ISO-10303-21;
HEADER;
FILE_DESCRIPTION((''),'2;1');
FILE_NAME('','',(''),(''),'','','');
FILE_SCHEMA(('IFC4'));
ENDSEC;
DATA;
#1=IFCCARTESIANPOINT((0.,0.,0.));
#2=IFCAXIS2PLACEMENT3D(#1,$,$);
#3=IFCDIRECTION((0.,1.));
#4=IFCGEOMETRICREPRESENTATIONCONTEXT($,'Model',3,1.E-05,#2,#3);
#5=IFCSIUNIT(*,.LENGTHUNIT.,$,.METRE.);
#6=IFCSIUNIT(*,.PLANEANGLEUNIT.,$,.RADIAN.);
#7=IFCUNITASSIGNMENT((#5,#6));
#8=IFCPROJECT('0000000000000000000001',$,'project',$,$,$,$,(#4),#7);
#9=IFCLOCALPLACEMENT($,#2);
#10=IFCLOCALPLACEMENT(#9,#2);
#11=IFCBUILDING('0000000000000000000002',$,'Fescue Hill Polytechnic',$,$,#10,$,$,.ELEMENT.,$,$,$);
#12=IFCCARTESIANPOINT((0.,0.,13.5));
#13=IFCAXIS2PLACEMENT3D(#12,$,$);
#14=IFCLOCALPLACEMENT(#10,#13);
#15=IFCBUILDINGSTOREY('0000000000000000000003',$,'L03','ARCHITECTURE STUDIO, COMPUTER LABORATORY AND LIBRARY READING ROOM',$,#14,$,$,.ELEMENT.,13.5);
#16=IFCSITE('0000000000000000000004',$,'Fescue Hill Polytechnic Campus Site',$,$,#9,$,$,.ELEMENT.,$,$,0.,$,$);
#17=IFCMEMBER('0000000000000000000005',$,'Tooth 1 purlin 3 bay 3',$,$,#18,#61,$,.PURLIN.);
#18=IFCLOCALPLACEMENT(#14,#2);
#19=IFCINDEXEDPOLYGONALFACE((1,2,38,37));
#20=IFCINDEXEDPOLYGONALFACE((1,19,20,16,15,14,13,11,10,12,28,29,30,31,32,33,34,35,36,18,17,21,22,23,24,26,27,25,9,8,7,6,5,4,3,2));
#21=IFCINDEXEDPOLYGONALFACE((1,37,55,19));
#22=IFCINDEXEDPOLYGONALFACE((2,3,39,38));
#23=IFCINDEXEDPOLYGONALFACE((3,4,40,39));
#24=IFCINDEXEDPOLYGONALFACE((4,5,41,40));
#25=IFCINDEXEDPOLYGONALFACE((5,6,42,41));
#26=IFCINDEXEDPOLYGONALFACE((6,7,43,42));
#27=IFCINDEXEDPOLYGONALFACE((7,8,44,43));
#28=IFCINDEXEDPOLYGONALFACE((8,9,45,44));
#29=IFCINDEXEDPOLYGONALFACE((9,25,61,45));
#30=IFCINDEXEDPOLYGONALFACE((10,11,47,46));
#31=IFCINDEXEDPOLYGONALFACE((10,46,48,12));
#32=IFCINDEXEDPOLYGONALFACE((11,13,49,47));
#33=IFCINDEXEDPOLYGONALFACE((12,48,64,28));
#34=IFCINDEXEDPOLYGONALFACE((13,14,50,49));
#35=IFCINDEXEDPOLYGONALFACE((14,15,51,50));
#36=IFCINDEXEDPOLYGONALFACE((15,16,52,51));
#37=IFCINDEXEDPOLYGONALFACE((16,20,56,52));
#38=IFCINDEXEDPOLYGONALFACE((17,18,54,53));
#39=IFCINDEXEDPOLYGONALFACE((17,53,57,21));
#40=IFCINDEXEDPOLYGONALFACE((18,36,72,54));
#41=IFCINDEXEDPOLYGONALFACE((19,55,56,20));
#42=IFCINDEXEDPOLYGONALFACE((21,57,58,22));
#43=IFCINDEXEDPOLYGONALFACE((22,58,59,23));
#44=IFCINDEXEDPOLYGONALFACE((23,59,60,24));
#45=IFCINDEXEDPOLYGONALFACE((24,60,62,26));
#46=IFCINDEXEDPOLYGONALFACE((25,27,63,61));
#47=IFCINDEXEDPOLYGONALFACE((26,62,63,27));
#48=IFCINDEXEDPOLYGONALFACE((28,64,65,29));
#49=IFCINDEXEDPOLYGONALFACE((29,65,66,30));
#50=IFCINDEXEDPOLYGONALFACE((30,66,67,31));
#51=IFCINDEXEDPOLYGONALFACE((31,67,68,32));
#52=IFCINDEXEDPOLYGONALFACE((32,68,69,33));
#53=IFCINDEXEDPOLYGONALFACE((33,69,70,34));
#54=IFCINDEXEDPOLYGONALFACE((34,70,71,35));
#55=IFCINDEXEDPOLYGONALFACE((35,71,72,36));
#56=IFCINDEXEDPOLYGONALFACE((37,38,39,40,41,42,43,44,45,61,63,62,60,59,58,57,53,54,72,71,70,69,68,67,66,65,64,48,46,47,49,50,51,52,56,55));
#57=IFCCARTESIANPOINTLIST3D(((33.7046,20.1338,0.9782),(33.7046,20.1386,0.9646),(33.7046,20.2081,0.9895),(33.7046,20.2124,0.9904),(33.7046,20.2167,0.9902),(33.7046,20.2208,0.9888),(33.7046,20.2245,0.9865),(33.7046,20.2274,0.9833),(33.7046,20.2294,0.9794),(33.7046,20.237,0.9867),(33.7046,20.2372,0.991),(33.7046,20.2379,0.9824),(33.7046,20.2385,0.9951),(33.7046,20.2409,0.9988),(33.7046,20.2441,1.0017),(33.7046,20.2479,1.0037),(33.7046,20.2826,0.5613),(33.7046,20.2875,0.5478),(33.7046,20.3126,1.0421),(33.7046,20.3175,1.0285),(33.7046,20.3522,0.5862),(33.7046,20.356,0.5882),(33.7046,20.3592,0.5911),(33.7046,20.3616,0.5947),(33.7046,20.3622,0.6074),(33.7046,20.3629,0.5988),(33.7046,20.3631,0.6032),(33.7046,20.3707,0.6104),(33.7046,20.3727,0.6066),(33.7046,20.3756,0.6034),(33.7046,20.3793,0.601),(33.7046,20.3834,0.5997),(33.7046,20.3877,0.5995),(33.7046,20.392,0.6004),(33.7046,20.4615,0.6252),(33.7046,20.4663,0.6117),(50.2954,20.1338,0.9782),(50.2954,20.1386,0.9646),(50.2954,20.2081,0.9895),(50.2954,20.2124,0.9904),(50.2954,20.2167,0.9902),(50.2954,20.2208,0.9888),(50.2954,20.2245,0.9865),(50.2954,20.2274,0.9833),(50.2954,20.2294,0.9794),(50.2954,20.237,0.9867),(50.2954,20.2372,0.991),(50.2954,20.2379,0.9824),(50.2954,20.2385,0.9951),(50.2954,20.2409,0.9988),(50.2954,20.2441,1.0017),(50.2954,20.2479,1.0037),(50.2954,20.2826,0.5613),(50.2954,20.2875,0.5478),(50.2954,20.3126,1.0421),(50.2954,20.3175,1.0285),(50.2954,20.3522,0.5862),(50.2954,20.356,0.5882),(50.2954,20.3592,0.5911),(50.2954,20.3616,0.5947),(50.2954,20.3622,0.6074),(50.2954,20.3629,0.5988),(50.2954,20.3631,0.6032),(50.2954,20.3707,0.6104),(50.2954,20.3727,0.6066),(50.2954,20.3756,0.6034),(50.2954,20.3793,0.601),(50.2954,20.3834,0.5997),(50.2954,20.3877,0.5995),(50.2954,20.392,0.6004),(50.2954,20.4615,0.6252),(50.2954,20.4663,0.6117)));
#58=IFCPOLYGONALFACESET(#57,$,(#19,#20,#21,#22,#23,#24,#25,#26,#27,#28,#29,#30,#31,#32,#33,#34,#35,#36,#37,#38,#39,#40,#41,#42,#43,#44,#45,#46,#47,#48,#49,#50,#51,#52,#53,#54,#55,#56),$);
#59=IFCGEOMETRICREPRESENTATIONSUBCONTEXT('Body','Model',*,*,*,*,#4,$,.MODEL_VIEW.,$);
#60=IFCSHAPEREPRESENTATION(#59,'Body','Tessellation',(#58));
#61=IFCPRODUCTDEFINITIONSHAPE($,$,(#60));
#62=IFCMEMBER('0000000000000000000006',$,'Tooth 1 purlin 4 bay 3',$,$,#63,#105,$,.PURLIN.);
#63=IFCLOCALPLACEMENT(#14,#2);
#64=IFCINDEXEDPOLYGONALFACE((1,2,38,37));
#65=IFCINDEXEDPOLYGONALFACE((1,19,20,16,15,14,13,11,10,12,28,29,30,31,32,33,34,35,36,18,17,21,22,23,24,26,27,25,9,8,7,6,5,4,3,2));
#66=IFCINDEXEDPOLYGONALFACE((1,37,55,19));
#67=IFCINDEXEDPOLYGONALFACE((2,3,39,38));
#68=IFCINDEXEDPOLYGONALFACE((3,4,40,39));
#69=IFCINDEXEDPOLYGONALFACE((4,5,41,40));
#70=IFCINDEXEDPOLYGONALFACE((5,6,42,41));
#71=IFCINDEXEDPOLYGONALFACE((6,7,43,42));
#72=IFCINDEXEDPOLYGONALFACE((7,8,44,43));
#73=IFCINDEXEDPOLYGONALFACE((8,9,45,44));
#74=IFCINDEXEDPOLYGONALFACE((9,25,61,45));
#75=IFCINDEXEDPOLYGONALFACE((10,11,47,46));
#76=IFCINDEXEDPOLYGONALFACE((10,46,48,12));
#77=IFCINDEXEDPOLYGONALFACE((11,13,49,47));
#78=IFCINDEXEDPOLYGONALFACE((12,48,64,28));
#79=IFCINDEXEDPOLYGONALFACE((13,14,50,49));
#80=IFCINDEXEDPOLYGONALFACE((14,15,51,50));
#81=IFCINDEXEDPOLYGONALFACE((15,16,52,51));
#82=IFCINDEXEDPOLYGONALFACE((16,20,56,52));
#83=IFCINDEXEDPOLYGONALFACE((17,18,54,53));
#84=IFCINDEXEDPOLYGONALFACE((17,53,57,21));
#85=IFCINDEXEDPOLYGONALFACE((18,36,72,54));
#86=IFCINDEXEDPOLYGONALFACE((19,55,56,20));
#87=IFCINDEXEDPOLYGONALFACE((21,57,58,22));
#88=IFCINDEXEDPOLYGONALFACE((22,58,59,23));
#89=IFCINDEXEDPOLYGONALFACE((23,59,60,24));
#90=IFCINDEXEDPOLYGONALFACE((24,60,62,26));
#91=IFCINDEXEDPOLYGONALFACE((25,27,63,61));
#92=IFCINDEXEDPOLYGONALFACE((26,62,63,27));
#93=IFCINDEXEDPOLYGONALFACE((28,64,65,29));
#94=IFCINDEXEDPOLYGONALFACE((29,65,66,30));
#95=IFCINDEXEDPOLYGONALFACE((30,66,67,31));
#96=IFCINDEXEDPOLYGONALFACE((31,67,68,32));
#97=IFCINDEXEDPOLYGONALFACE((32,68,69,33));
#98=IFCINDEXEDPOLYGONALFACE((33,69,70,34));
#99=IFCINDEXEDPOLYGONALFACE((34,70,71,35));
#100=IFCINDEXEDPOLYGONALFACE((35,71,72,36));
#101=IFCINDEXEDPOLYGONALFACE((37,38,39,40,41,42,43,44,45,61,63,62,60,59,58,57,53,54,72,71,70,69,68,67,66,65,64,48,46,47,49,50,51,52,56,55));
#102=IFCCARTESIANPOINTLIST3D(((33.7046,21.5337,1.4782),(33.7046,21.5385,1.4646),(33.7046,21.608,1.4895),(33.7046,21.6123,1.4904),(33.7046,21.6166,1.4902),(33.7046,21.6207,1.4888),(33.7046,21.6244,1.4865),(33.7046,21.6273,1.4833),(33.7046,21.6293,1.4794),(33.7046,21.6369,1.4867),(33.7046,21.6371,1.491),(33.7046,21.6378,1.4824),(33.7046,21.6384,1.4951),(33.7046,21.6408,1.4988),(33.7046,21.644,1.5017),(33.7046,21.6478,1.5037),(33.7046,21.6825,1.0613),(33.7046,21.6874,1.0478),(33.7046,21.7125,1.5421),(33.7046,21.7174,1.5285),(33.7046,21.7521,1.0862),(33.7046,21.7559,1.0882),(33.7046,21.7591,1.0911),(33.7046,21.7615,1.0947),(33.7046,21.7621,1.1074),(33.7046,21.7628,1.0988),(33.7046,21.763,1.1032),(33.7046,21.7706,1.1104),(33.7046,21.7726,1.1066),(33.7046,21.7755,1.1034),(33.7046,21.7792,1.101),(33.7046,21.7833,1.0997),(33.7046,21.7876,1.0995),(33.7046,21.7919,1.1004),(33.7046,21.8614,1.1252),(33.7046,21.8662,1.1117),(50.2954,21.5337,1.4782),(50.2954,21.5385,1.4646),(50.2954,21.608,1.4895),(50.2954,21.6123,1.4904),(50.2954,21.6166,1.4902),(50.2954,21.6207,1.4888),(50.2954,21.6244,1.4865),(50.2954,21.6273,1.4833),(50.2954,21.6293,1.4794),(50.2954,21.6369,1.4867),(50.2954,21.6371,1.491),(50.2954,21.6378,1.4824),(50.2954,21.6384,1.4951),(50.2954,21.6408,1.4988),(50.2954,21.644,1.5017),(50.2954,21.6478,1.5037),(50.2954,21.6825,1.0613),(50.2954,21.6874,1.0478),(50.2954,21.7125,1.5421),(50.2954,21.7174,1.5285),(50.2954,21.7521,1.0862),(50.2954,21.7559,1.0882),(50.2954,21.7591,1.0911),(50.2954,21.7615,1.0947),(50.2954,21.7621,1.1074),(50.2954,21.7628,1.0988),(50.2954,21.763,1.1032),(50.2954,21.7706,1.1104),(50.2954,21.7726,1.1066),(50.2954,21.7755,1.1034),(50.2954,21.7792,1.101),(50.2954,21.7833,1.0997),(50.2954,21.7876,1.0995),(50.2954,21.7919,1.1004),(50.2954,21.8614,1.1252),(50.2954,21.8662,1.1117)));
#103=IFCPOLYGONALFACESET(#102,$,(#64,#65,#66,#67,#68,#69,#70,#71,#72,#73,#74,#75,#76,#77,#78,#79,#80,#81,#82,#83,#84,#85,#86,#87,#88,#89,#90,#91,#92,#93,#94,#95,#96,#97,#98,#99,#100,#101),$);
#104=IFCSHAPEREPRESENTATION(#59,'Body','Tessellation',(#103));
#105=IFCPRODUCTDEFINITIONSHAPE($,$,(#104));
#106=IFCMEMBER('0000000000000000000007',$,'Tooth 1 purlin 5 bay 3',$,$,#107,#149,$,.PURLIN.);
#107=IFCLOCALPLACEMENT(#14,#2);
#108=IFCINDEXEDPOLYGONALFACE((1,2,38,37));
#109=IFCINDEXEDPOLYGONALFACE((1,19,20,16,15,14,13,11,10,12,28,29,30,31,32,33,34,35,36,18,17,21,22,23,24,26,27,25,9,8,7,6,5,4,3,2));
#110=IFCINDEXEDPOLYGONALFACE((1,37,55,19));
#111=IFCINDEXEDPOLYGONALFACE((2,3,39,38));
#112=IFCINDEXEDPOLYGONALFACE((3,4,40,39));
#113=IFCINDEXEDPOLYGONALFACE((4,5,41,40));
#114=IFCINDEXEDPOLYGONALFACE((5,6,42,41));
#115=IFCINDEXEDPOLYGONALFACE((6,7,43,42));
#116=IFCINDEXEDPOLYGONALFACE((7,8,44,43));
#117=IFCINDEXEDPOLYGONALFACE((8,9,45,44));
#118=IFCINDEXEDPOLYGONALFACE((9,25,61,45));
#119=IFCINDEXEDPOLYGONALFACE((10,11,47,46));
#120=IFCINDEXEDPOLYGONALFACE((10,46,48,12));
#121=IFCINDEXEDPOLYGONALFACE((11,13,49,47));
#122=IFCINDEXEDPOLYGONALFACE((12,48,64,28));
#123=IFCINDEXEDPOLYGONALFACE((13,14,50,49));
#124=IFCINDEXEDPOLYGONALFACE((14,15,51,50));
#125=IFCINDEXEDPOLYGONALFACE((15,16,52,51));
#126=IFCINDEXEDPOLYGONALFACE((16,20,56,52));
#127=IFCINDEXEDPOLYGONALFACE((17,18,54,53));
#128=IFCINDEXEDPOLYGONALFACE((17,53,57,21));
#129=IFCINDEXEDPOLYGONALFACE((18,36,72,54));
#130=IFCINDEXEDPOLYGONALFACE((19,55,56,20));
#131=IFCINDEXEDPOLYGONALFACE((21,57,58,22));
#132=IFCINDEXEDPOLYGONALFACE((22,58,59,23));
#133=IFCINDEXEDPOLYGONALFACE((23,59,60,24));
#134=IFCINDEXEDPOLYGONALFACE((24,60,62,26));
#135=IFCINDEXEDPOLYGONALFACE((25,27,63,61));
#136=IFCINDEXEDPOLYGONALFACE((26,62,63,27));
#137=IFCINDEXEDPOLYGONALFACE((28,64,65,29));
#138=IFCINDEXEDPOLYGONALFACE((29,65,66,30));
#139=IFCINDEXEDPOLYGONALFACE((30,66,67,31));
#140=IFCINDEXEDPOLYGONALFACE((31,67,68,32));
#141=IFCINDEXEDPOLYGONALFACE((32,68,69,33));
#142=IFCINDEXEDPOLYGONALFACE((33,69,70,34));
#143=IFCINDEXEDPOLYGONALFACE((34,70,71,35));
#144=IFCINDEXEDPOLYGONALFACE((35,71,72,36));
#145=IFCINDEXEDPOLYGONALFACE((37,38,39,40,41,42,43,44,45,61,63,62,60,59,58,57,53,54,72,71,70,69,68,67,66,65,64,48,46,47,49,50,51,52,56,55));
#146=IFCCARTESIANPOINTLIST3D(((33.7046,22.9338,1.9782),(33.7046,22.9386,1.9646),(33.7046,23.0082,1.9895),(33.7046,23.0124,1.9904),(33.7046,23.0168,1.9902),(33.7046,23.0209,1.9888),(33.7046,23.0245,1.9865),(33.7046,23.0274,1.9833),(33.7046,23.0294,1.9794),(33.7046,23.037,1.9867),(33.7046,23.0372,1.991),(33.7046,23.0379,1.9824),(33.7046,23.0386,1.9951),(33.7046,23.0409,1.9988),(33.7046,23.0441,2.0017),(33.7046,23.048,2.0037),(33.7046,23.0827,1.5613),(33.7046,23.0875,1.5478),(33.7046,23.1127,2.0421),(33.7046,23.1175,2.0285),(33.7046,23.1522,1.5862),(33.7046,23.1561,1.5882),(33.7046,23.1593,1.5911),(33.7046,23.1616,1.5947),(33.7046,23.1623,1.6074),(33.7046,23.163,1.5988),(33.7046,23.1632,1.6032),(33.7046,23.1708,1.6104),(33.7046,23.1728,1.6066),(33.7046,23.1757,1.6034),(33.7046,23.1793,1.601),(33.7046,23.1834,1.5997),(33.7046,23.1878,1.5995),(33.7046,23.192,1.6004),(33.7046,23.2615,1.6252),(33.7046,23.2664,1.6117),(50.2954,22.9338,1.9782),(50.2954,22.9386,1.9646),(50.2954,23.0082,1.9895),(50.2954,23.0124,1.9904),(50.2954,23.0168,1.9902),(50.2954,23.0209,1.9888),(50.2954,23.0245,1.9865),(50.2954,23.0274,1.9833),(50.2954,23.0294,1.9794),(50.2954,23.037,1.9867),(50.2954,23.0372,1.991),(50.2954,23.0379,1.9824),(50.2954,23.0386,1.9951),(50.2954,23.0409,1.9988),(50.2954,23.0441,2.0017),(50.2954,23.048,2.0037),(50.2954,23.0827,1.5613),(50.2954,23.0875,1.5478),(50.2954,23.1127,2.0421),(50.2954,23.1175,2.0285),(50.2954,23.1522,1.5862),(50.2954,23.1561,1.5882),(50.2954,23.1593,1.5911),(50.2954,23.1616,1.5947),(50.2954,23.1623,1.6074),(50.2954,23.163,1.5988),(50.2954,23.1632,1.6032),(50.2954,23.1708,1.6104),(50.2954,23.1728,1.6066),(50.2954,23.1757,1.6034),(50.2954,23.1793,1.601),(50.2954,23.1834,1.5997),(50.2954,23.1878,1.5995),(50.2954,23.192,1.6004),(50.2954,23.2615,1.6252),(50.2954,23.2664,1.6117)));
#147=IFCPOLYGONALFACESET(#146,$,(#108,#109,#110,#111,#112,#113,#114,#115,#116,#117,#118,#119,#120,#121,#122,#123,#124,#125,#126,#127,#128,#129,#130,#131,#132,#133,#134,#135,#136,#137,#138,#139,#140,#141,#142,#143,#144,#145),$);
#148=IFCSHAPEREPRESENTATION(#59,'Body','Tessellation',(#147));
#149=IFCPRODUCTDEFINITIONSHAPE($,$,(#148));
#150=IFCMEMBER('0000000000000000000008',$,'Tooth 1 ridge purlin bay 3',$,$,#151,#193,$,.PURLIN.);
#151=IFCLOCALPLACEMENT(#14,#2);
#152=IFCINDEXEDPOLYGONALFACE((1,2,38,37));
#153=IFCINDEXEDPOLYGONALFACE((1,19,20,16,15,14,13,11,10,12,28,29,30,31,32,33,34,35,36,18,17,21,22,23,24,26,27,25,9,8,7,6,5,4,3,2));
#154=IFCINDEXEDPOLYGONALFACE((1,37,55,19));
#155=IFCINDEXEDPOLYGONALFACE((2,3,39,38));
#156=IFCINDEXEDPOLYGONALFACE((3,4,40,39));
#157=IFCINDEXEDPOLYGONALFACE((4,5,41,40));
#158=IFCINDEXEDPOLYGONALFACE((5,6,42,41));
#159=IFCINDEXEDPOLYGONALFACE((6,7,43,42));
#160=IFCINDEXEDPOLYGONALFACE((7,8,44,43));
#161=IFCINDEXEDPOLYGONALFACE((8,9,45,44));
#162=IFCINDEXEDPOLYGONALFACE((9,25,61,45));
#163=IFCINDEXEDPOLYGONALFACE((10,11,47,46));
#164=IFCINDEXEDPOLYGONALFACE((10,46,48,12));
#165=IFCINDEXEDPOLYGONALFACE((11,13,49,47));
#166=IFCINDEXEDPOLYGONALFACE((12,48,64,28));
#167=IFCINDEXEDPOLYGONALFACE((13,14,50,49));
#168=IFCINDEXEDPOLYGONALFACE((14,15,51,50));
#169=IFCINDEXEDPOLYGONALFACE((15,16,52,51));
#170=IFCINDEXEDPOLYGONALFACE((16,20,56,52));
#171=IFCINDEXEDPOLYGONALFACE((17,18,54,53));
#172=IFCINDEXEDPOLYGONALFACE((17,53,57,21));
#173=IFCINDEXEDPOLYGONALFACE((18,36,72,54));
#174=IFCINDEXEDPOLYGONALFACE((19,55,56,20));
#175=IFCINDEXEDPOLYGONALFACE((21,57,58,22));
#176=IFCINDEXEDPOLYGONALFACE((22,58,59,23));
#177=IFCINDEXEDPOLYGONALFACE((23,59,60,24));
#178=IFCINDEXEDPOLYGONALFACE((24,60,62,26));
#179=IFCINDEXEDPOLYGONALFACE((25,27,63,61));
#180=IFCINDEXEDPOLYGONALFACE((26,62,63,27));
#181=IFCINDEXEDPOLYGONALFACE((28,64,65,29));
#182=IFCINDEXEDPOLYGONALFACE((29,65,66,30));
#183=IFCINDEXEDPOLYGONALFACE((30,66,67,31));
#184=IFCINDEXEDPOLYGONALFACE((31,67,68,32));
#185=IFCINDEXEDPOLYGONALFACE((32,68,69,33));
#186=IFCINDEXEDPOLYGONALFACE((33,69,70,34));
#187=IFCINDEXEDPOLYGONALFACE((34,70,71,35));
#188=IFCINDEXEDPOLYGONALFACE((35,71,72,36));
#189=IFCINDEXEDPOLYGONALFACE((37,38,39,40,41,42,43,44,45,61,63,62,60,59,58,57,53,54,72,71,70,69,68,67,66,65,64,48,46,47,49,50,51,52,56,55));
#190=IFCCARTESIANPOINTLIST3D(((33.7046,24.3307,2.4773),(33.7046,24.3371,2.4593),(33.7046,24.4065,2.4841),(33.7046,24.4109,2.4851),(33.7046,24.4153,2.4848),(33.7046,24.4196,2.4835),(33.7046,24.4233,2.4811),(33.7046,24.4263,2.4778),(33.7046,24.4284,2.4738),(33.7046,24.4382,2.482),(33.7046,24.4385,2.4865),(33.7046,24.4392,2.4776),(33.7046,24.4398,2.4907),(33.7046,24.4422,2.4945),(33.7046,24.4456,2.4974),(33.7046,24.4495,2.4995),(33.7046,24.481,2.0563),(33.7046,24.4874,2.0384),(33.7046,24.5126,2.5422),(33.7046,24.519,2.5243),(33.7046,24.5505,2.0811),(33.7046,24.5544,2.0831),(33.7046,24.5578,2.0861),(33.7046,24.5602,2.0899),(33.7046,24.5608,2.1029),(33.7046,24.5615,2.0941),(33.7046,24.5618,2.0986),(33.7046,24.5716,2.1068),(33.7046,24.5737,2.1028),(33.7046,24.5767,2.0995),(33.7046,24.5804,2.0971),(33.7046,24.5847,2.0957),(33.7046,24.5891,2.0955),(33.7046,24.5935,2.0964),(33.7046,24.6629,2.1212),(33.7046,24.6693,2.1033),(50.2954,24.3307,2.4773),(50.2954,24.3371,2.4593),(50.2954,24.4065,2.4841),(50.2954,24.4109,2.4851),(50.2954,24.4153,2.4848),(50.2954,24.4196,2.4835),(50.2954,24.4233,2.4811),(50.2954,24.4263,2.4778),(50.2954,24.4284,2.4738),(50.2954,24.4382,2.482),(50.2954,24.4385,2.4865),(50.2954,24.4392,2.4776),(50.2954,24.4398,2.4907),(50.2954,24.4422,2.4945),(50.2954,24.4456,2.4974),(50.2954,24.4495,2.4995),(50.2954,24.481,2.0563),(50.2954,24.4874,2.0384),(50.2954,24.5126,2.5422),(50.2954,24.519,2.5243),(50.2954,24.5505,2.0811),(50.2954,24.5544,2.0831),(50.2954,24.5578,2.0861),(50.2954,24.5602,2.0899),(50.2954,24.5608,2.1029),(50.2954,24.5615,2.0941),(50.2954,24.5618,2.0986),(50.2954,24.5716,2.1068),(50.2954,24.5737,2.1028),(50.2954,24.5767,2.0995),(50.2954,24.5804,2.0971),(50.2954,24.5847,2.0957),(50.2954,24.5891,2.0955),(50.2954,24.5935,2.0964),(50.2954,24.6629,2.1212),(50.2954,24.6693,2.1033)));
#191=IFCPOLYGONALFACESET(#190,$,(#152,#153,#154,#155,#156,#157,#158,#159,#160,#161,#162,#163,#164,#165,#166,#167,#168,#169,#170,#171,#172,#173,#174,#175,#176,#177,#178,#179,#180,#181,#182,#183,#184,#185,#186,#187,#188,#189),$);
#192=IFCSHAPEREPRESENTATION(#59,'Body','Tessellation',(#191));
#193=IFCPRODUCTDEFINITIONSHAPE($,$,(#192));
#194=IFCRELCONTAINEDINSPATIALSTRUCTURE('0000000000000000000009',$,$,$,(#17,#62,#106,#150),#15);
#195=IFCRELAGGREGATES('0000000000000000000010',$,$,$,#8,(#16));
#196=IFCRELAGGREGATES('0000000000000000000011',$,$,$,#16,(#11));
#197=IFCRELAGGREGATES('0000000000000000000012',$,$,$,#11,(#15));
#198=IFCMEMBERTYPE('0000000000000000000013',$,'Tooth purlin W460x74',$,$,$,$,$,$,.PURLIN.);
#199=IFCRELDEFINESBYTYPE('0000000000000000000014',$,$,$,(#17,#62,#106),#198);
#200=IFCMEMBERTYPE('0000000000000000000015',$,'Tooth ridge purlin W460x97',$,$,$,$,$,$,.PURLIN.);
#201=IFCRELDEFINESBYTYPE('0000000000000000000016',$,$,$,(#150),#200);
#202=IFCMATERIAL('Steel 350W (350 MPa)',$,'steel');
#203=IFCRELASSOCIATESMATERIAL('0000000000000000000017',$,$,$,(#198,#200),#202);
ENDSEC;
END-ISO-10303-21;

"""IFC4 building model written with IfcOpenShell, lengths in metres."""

from ifc_helpers import new_model, si_unit, direction, frame, origin, origin_2d, place, context, subcontext, project, spatial, i_section, extrude, material, material_profile, profile_set, type_object, element, save


model = new_model("IFC4")

# Units and contexts
model_context = context("Model", 3, precision=1e-05, world=origin(), true_north=direction((0.0, 1.0)))
body_context = subcontext(model_context, "Body", "Model", "MODEL_VIEW")
ifc_project = project(units=[si_unit("LENGTHUNIT", "METRE"), si_unit("PLANEANGLEUNIT", "RADIAN")], contexts=[model_context])

# Site, building, storey
site_placement = place(None, origin())
site = spatial("IfcSite", under=ifc_project, at=site_placement, Name="Fescue Hill Polytechnic Campus Site", CompositionType="ELEMENT", RefElevation=0.0)
building_placement = place(site_placement, origin())
building = spatial("IfcBuilding", under=site, at=building_placement, Name="Fescue Hill Polytechnic", CompositionType="ELEMENT")
storey_placement = place(building_placement, frame((0.0, 0.0, 13.5)))
storey = spatial("IfcBuildingStorey", under=building, at=storey_placement, Name="L03", Description="ARCHITECTURE STUDIO, COMPUTER LABORATORY AND LIBRARY READING ROOM", CompositionType="ELEMENT", Elevation=13.5)

# Members
ifc_material_1 = material(Name="Steel 350W (350 MPa)", Category="steel")
ifc_material_profile_1 = material_profile(ifc_material_1, i_section(OverallWidth=0.1899, OverallDepth=0.457, WebThickness=0.009, FlangeThickness=0.0144, FilletRadius=0.0166, at=origin_2d()), Name="W460x74")
ifc_profile_set_1 = profile_set([ifc_material_profile_1], Name="Steel 350W (350 MPa)")
member_type_1 = type_object("IfcMemberType", Name="Tooth purlin W460x74", PredefinedType="PURLIN", material=ifc_profile_set_1)
for number, where, z_axis, x_axis, name in (
    (1, (33.7046, 20.3, 0.7949), (1.0, 0.0, 0.0), (0.0, 0.941742, 0.336336), "Tooth 1 purlin 3 bay 3"),
    (2, (33.7046, 21.7, 1.2949), (1.0, 0.0, 0.0), (0.0, 0.941742, 0.336336), "Tooth 1 purlin 4 bay 3"),
    (3, (33.7046, 23.1001, 1.7949), (1.0, 0.0, 0.0), (0.0, 0.941742, 0.336336), "Tooth 1 purlin 5 bay 3"),
):
    element("IfcMember", number, at=place(storey_placement, frame(where, z_axis=z_axis, x_axis=x_axis)), inside=storey, type_object=member_type_1, Name=name, PredefinedType="PURLIN", context=body_context, shape_type="SweptSolid", body=[
        extrude(i_section(OverallWidth=0.1899, OverallDepth=0.457, WebThickness=0.009, FlangeThickness=0.0144, FilletRadius=0.0166, at=origin_2d()), origin(), (0.0, 0.0, 1.0), 16.5908),
    ])
ifc_material_profile_2 = material_profile(ifc_material_1, i_section(OverallWidth=0.1931, OverallDepth=0.4661, WebThickness=0.0115, FlangeThickness=0.019, FilletRadius=0.0171, at=origin_2d()), Name="W460x97")
ifc_profile_set_2 = profile_set([ifc_material_profile_2], Name="Steel 350W (350 MPa)")
member_type_2 = type_object("IfcMemberType", Name="Tooth ridge purlin W460x97", PredefinedType="PURLIN", material=ifc_profile_set_2)
member_1_placement = place(storey_placement, frame((33.7046, 24.5, 2.2903), z_axis=(1.0, 0.0, 0.0), x_axis=(0.0, 0.941742, 0.336336)))
element("IfcMember", 4, at=member_1_placement, inside=storey, type_object=member_type_2, Name="Tooth 1 ridge purlin bay 3", PredefinedType="PURLIN", context=body_context, shape_type="SweptSolid", body=[
    extrude(i_section(OverallWidth=0.1931, OverallDepth=0.4661, WebThickness=0.0115, FlangeThickness=0.019, FilletRadius=0.0171, at=origin_2d()), origin(), (0.0, 0.0, 1.0), 16.5908),
])

save(model, "model.ifc")
